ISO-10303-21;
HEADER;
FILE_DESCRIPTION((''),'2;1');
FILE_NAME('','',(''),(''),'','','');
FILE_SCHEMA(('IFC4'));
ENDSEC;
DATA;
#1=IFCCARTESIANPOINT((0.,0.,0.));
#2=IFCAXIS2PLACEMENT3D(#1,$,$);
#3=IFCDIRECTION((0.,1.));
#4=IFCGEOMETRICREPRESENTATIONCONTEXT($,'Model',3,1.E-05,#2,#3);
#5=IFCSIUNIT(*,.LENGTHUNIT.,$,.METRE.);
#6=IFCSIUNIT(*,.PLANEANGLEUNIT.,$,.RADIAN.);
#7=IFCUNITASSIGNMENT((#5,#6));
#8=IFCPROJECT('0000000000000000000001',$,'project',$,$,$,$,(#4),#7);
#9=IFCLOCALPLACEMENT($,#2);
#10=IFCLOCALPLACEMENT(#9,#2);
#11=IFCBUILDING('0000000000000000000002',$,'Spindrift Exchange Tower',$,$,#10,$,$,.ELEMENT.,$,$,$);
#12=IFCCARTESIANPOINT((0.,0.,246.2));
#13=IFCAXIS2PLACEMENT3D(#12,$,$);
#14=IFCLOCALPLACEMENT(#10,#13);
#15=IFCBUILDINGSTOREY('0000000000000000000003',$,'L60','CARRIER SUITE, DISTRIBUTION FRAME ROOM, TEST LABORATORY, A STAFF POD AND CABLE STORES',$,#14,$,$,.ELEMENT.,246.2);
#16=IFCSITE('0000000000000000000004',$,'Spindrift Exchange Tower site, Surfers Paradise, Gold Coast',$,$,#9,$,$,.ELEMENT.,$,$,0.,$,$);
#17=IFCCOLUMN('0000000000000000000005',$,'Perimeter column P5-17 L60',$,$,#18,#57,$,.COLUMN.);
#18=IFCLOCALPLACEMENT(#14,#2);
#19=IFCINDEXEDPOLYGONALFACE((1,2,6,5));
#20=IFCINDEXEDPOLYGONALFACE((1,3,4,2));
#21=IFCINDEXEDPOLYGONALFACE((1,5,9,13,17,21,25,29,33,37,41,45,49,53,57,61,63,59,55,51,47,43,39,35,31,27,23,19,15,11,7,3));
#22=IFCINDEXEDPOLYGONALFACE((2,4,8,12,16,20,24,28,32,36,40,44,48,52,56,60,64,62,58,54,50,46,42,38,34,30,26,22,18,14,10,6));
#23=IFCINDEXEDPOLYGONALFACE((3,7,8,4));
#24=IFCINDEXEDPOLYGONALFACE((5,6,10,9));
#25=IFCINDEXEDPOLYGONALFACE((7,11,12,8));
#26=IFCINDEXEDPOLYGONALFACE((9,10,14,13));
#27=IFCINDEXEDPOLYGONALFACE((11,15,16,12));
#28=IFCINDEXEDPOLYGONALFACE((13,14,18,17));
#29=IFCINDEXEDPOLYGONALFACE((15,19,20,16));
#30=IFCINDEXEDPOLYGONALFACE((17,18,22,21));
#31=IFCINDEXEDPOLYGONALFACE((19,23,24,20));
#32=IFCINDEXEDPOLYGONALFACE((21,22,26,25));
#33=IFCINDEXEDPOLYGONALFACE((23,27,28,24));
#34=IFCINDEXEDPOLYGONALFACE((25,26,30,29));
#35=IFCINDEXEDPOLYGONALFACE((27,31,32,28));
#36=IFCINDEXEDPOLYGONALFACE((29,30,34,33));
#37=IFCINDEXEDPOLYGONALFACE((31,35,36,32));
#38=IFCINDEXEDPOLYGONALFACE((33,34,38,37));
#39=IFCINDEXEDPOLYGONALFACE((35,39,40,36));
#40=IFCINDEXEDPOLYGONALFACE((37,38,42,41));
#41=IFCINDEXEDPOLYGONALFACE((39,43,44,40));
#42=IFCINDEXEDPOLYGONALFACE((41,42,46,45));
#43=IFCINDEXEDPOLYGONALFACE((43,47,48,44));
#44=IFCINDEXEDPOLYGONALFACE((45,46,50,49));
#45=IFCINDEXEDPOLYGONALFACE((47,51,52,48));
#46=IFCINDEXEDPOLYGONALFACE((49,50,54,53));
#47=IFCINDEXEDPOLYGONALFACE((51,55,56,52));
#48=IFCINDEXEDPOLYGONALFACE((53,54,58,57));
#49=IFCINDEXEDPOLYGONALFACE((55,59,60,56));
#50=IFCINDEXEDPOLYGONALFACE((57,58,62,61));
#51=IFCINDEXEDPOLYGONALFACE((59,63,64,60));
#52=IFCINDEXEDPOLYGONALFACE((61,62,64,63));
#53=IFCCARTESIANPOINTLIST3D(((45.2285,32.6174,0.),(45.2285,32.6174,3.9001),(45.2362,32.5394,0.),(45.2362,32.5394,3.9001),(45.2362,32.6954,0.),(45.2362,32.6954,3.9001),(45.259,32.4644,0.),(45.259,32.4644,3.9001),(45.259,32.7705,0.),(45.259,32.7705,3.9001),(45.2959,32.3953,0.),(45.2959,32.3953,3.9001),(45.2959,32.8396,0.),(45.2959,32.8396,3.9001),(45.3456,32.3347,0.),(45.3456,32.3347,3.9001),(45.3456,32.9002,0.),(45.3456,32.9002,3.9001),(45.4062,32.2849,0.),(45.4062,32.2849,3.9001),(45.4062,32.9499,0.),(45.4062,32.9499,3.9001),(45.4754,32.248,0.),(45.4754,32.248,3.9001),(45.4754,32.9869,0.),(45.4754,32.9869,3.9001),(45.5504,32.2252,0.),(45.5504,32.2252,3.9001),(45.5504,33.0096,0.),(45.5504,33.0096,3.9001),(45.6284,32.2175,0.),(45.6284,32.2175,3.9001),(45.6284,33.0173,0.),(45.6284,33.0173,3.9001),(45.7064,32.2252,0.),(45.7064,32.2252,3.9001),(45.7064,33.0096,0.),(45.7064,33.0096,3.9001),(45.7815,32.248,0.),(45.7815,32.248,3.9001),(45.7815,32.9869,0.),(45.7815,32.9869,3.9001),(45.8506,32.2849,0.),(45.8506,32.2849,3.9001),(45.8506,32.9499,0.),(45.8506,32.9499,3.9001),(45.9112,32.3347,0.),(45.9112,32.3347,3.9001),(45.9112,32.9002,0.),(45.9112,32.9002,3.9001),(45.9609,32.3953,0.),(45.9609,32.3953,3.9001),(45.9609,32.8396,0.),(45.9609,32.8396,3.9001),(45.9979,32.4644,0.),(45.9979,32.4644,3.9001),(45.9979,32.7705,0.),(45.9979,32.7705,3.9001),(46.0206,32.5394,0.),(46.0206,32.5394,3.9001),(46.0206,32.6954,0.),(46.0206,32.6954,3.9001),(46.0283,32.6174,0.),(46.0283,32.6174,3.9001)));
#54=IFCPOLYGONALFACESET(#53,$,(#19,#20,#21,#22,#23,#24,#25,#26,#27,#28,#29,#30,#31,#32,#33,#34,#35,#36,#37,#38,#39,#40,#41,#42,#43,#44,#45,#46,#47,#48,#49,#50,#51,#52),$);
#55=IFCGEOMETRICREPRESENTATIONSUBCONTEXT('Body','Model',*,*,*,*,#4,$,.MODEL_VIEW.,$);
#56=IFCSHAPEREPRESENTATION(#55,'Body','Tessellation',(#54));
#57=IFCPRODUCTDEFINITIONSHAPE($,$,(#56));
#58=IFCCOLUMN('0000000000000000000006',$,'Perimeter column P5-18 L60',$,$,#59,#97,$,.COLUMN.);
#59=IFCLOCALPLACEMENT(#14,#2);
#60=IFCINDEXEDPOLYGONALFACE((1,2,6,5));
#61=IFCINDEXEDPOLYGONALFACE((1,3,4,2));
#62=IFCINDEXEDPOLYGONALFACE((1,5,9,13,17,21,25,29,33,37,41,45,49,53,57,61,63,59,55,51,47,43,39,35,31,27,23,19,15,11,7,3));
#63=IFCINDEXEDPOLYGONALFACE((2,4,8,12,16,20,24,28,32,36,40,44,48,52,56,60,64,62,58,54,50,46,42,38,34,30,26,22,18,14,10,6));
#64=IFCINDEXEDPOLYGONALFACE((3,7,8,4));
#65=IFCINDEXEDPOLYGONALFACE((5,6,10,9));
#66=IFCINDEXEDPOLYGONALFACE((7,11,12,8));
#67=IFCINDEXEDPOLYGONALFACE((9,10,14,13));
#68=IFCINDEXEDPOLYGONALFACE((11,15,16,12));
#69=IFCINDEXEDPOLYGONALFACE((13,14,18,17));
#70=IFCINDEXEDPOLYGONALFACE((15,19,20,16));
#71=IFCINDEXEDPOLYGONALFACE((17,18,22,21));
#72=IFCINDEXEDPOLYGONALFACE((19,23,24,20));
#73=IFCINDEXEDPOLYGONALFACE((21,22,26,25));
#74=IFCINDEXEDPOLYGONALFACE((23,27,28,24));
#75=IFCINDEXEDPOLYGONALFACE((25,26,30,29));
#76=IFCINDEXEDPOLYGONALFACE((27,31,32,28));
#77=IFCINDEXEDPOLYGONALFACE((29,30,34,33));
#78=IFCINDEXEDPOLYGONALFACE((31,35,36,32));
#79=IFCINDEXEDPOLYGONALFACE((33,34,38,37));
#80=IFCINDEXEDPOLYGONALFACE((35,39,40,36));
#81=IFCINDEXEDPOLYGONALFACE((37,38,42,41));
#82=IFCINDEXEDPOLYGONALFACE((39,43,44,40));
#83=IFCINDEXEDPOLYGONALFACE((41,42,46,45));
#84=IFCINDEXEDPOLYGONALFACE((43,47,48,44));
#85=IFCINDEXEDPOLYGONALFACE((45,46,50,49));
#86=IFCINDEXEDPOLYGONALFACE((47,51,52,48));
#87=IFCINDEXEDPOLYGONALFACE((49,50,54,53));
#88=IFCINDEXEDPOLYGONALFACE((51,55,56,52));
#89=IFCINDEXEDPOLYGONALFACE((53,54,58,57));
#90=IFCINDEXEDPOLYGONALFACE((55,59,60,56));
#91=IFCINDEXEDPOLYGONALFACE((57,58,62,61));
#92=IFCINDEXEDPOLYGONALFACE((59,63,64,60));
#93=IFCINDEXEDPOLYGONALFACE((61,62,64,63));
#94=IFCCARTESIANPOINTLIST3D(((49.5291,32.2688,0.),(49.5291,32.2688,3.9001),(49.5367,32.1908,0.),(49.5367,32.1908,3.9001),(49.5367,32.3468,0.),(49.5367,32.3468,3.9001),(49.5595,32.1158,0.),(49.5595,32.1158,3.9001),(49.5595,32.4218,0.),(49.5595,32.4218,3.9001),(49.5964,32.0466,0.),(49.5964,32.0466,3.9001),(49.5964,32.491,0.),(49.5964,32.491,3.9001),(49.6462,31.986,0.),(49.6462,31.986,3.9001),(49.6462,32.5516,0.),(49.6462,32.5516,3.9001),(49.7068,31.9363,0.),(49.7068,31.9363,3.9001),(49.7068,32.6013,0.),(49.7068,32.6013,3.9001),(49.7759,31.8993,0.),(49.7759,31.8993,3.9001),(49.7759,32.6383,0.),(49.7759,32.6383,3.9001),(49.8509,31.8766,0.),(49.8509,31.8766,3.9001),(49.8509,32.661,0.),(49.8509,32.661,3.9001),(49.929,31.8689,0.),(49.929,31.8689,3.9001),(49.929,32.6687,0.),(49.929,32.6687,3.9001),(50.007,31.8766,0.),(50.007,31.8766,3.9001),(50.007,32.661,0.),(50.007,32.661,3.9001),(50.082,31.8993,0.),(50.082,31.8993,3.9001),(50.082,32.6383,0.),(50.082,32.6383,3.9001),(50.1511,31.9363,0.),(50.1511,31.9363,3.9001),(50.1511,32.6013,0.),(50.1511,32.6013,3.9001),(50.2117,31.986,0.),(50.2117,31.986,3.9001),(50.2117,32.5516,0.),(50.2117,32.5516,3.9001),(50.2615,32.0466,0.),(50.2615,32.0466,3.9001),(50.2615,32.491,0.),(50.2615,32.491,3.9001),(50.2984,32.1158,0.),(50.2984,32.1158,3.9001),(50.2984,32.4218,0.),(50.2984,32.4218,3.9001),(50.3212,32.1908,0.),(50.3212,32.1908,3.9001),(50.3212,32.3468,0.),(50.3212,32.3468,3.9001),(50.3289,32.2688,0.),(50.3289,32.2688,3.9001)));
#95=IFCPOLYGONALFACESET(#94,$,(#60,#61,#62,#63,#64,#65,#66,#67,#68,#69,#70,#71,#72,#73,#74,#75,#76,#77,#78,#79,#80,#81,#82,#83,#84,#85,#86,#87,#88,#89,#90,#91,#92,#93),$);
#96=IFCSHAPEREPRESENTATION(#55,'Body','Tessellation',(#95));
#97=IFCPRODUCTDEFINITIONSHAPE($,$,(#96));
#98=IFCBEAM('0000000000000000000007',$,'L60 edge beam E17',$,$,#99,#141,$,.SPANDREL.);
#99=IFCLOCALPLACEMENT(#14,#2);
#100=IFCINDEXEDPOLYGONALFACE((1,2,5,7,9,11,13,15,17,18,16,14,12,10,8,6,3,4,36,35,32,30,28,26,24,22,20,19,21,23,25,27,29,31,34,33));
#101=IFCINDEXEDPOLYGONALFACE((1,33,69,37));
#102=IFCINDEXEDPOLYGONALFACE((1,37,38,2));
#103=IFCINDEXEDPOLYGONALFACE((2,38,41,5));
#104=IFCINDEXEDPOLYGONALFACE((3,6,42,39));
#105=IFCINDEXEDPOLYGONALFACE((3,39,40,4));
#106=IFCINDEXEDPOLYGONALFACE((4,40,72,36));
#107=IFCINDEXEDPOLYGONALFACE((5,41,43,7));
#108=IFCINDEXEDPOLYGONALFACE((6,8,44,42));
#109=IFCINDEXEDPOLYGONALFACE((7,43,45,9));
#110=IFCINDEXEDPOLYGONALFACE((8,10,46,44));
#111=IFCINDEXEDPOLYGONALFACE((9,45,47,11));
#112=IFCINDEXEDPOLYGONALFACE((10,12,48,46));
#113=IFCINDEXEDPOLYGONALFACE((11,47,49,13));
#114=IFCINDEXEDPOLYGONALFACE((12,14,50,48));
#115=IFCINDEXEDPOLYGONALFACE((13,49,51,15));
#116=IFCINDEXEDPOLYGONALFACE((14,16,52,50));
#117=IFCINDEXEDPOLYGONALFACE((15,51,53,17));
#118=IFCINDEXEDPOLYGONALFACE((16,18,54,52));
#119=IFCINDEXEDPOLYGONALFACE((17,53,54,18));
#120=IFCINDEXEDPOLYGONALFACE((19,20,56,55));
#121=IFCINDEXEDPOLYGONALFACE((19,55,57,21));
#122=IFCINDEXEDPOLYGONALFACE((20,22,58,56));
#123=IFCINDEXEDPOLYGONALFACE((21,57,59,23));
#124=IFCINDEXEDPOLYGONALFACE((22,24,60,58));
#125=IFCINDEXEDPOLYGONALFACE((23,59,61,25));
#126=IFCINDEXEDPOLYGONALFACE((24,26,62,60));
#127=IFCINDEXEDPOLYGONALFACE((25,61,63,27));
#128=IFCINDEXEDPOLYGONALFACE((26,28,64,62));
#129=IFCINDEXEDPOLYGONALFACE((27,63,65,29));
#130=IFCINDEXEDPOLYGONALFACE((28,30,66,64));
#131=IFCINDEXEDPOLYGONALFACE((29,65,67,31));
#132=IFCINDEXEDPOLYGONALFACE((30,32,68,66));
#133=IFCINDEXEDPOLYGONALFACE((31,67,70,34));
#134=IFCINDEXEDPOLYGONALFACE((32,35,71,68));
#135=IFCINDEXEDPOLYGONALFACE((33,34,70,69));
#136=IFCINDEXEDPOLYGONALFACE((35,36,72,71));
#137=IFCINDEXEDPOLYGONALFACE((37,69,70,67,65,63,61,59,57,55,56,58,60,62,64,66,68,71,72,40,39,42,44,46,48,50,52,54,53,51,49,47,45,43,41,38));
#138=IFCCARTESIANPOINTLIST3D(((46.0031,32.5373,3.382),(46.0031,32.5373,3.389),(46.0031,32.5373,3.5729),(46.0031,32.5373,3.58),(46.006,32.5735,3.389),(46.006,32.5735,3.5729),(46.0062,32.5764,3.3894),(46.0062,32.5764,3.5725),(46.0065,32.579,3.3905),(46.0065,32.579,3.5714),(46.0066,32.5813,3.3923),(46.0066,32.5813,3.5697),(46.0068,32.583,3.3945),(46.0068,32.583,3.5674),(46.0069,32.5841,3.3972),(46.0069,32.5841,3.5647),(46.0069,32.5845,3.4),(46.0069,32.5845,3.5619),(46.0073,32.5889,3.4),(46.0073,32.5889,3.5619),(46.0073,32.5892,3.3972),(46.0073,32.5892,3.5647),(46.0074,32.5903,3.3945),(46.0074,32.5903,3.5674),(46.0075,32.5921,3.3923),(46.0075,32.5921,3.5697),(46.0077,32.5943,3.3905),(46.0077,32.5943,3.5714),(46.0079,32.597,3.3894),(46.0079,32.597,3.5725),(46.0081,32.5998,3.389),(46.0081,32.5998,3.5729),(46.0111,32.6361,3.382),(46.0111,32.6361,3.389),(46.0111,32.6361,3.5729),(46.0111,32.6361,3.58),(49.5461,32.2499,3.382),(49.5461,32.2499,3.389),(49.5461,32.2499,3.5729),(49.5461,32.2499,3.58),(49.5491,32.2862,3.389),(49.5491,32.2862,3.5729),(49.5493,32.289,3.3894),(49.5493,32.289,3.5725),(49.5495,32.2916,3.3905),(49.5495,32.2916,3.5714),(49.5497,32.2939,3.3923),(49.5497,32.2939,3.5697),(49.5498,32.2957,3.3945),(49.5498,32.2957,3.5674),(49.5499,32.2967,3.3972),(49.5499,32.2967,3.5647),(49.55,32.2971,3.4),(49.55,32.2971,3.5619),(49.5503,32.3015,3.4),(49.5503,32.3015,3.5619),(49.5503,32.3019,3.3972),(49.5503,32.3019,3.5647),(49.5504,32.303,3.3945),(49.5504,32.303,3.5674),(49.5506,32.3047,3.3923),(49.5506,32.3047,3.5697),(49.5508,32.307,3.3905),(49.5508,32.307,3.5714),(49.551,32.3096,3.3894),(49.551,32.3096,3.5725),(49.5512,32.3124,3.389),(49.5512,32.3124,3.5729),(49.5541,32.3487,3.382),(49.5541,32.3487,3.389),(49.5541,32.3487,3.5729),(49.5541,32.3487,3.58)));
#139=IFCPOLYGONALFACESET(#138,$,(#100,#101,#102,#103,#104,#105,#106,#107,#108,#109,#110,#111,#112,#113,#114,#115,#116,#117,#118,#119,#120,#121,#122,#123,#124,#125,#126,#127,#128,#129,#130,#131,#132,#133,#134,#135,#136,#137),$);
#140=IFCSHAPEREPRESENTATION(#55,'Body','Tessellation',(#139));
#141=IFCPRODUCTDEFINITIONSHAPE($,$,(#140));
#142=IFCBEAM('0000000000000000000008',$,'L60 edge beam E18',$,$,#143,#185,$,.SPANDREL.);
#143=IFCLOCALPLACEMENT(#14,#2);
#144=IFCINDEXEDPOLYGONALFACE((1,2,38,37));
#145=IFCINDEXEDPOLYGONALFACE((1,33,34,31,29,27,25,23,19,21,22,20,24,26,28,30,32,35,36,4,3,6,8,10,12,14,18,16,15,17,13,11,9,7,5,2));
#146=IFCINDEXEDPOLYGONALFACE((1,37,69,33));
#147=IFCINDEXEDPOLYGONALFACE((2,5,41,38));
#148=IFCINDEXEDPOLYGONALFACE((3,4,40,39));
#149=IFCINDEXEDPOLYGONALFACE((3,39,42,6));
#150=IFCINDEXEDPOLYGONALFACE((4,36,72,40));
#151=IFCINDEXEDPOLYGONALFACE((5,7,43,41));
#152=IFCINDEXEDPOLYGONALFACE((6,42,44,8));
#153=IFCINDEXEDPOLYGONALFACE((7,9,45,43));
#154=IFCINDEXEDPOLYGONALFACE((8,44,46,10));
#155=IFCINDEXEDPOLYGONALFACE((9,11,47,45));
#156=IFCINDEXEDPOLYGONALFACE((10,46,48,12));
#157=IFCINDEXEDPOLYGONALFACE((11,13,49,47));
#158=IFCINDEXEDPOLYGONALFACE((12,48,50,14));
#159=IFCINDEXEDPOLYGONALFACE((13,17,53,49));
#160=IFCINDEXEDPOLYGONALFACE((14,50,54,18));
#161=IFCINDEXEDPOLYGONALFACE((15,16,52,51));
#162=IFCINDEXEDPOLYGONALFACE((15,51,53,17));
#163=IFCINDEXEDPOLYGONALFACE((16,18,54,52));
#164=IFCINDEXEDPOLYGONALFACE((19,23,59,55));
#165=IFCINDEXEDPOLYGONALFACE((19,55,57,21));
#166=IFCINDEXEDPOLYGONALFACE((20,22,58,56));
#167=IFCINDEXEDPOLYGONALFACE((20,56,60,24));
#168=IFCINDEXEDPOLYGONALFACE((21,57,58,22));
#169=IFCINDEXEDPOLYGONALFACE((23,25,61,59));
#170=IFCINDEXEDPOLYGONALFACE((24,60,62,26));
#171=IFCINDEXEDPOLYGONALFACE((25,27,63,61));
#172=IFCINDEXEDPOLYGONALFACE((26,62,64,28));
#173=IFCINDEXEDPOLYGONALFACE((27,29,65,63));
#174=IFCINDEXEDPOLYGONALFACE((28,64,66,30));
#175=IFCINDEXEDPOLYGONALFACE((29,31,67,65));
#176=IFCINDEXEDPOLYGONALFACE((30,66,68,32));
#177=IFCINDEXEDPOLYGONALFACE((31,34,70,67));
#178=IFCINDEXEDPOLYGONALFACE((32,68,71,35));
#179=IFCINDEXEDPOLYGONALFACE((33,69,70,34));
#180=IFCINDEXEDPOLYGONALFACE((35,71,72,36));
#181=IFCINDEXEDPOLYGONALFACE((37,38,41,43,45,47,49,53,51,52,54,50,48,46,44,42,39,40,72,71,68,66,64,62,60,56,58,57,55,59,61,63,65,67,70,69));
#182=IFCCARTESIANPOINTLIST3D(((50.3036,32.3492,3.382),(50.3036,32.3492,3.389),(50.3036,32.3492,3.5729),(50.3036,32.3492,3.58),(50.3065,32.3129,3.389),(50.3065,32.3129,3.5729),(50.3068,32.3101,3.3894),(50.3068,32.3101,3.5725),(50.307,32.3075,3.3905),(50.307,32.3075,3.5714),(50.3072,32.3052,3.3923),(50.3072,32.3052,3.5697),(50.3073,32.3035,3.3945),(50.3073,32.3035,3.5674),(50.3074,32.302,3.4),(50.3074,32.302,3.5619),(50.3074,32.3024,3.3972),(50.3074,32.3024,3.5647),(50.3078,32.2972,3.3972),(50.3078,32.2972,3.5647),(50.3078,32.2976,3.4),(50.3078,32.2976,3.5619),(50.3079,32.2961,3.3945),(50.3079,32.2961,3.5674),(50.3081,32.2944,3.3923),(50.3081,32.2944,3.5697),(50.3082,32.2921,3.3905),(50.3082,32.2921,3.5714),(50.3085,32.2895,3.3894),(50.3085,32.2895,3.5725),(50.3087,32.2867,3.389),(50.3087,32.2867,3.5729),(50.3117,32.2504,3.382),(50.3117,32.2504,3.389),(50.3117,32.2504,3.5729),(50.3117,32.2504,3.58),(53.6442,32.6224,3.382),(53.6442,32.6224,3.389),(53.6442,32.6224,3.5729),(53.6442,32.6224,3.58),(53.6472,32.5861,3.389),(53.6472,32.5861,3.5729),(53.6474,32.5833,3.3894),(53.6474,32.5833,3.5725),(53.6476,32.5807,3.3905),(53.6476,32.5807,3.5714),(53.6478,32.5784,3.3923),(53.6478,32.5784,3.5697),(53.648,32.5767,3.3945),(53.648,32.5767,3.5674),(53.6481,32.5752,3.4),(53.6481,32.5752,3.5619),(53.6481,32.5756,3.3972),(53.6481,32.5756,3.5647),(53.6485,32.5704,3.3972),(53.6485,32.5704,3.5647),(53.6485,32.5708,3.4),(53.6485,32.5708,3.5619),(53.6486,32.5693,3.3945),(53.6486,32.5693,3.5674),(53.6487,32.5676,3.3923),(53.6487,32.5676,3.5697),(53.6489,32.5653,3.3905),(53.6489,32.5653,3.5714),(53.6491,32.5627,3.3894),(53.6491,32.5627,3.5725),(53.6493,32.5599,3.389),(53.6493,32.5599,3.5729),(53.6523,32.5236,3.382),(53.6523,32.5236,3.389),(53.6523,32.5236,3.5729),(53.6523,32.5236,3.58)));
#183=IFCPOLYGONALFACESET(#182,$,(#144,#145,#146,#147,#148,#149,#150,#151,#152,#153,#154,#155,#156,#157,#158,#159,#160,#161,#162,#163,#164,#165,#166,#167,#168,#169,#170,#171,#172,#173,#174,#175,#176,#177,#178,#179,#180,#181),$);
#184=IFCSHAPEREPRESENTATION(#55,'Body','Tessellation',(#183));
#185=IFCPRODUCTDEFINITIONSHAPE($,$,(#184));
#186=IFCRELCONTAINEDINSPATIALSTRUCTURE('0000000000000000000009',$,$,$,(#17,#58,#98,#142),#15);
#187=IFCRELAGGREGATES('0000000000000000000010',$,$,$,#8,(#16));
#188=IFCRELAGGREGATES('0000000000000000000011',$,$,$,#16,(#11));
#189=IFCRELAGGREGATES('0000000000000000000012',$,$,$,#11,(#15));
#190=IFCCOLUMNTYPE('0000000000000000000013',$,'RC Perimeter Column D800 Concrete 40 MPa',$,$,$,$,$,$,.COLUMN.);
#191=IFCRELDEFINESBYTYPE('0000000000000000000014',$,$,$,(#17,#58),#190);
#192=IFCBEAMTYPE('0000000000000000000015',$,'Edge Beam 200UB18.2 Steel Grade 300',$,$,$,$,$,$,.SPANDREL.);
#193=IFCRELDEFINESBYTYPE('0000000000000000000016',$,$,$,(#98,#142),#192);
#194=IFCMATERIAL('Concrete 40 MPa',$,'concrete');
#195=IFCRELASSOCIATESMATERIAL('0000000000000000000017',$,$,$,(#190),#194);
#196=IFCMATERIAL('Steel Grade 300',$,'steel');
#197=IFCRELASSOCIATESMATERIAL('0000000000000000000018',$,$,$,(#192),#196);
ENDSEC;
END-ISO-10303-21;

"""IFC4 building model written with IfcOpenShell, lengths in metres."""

from ifc_helpers import new_model, si_unit, direction, frame, origin, origin_2d, place, context, subcontext, project, spatial, circle, i_section, extrude, source, transform, mapped, material, material_profile, profile_set, type_object, element, save


model = new_model("IFC4")

# Units and contexts
model_context = context("Model", 3, precision=1e-05, world=origin(), true_north=direction((0.0, 1.0)))
body_context = subcontext(model_context, "Body", "Model", "MODEL_VIEW")
ifc_project = project(units=[si_unit("LENGTHUNIT", "METRE"), si_unit("PLANEANGLEUNIT", "RADIAN")], contexts=[model_context])

# Site, building, storey
site_placement = place(None, origin())
site = spatial("IfcSite", under=ifc_project, at=site_placement, Name="Spindrift Exchange Tower site, Surfers Paradise, Gold Coast", CompositionType="ELEMENT", RefElevation=0.0)
building_placement = place(site_placement, origin())
building = spatial("IfcBuilding", under=site, at=building_placement, Name="Spindrift Exchange Tower", CompositionType="ELEMENT")
storey_placement = place(building_placement, frame((0.0, 0.0, 246.2)))
storey = spatial("IfcBuildingStorey", under=building, at=storey_placement, Name="L60", Description="CARRIER SUITE, DISTRIBUTION FRAME ROOM, TEST LABORATORY, A STAFF POD AND CABLE STORES", CompositionType="ELEMENT", Elevation=246.2)

# Columns
ifc_material_1 = material(Name="Concrete 40 MPa", Category="concrete")
ifc_material_profile_1 = material_profile(ifc_material_1, circle(Radius=0.3999, at=origin_2d()), Name="RC D800")
ifc_profile_set_1 = profile_set([ifc_material_profile_1], Name="Concrete 40 MPa")
column_type = type_object("IfcColumnType", Name="RC Perimeter Column D800 Concrete 40 MPa", PredefinedType="COLUMN", material=ifc_profile_set_1)
shared_shape_1 = source(origin(), body_context, "Body", "SweptSolid", [
    extrude(circle(Radius=0.3999, at=origin_2d()), origin(), (0.0, 0.0, 1.0), 3.9001),
])
for number, where, z_axis, x_axis, name in (
    (1, (45.6284, 32.6174, 0.0), (0.0, 0.0, 1.0), (1.0, 0.0, 0.0), "Perimeter column P5-17 L60"),
    (2, (49.929, 32.2688, 0.0), (0.0, 0.0, 1.0), (1.0, 0.0, 0.0), "Perimeter column P5-18 L60"),
):
    element("IfcColumn", number, at=place(storey_placement, frame(where, z_axis=z_axis, x_axis=x_axis)), inside=storey, type_object=column_type, Name=name, PredefinedType="COLUMN", context=body_context, shape_type="MappedRepresentation", body=[
        mapped(shared_shape_1, transform((0.0, 0.0, 0.0), scale=1.0)),
    ])

# Beams
ifc_material_2 = material(Name="Steel Grade 300", Category="steel")
ifc_material_profile_2 = material_profile(ifc_material_2, i_section(OverallWidth=0.0991, OverallDepth=0.198, WebThickness=0.0044, FlangeThickness=0.0071, FilletRadius=0.011, at=origin_2d()), Name="200UB18.2")
ifc_profile_set_2 = profile_set([ifc_material_profile_2], Name="Steel Grade 300")
beam_type_1 = type_object("IfcBeamType", Name="Edge Beam 200UB18.2 Steel Grade 300", PredefinedType="SPANDREL", material=ifc_profile_set_2)
shared_shape_2 = source(origin(), body_context, "Body", "SweptSolid", [
    extrude(i_section(OverallWidth=0.0991, OverallDepth=0.198, WebThickness=0.0044, FlangeThickness=0.0071, FilletRadius=0.011, at=origin_2d()), origin(), (0.0, 0.0, 1.0), 3.5547),
])
beam_1_placement = place(storey_placement, frame((46.0071, 32.5867, 3.481), z_axis=(0.996727, -0.08084, 0.0), x_axis=(0.08084, 0.996727, 0.0)))
element("IfcBeam", 3, at=beam_1_placement, inside=storey, type_object=beam_type_1, Name="L60 edge beam E17", PredefinedType="SPANDREL", context=body_context, shape_type="MappedRepresentation", body=[
    mapped(shared_shape_2, transform((0.0, 0.0, 0.0), scale=1.0)),
])
shared_shape_3 = source(origin(), body_context, "Body", "SweptSolid", [
    extrude(i_section(OverallWidth=0.0991, OverallDepth=0.198, WebThickness=0.0044, FlangeThickness=0.0071, FilletRadius=0.011, at=origin_2d()), origin(), (0.0, 0.0, 1.0), 3.3518),
])
beam_2_placement = place(storey_placement, frame((50.3076, 32.2998, 3.481), z_axis=(0.996673, 0.081508, 0.0), x_axis=(-0.081508, 0.996673, 0.0)))
element("IfcBeam", 4, at=beam_2_placement, inside=storey, type_object=beam_type_1, Name="L60 edge beam E18", PredefinedType="SPANDREL", context=body_context, shape_type="MappedRepresentation", body=[
    mapped(shared_shape_3, transform((0.0, 0.0, 0.0), scale=1.0)),
])

save(model, "model.ifc")
